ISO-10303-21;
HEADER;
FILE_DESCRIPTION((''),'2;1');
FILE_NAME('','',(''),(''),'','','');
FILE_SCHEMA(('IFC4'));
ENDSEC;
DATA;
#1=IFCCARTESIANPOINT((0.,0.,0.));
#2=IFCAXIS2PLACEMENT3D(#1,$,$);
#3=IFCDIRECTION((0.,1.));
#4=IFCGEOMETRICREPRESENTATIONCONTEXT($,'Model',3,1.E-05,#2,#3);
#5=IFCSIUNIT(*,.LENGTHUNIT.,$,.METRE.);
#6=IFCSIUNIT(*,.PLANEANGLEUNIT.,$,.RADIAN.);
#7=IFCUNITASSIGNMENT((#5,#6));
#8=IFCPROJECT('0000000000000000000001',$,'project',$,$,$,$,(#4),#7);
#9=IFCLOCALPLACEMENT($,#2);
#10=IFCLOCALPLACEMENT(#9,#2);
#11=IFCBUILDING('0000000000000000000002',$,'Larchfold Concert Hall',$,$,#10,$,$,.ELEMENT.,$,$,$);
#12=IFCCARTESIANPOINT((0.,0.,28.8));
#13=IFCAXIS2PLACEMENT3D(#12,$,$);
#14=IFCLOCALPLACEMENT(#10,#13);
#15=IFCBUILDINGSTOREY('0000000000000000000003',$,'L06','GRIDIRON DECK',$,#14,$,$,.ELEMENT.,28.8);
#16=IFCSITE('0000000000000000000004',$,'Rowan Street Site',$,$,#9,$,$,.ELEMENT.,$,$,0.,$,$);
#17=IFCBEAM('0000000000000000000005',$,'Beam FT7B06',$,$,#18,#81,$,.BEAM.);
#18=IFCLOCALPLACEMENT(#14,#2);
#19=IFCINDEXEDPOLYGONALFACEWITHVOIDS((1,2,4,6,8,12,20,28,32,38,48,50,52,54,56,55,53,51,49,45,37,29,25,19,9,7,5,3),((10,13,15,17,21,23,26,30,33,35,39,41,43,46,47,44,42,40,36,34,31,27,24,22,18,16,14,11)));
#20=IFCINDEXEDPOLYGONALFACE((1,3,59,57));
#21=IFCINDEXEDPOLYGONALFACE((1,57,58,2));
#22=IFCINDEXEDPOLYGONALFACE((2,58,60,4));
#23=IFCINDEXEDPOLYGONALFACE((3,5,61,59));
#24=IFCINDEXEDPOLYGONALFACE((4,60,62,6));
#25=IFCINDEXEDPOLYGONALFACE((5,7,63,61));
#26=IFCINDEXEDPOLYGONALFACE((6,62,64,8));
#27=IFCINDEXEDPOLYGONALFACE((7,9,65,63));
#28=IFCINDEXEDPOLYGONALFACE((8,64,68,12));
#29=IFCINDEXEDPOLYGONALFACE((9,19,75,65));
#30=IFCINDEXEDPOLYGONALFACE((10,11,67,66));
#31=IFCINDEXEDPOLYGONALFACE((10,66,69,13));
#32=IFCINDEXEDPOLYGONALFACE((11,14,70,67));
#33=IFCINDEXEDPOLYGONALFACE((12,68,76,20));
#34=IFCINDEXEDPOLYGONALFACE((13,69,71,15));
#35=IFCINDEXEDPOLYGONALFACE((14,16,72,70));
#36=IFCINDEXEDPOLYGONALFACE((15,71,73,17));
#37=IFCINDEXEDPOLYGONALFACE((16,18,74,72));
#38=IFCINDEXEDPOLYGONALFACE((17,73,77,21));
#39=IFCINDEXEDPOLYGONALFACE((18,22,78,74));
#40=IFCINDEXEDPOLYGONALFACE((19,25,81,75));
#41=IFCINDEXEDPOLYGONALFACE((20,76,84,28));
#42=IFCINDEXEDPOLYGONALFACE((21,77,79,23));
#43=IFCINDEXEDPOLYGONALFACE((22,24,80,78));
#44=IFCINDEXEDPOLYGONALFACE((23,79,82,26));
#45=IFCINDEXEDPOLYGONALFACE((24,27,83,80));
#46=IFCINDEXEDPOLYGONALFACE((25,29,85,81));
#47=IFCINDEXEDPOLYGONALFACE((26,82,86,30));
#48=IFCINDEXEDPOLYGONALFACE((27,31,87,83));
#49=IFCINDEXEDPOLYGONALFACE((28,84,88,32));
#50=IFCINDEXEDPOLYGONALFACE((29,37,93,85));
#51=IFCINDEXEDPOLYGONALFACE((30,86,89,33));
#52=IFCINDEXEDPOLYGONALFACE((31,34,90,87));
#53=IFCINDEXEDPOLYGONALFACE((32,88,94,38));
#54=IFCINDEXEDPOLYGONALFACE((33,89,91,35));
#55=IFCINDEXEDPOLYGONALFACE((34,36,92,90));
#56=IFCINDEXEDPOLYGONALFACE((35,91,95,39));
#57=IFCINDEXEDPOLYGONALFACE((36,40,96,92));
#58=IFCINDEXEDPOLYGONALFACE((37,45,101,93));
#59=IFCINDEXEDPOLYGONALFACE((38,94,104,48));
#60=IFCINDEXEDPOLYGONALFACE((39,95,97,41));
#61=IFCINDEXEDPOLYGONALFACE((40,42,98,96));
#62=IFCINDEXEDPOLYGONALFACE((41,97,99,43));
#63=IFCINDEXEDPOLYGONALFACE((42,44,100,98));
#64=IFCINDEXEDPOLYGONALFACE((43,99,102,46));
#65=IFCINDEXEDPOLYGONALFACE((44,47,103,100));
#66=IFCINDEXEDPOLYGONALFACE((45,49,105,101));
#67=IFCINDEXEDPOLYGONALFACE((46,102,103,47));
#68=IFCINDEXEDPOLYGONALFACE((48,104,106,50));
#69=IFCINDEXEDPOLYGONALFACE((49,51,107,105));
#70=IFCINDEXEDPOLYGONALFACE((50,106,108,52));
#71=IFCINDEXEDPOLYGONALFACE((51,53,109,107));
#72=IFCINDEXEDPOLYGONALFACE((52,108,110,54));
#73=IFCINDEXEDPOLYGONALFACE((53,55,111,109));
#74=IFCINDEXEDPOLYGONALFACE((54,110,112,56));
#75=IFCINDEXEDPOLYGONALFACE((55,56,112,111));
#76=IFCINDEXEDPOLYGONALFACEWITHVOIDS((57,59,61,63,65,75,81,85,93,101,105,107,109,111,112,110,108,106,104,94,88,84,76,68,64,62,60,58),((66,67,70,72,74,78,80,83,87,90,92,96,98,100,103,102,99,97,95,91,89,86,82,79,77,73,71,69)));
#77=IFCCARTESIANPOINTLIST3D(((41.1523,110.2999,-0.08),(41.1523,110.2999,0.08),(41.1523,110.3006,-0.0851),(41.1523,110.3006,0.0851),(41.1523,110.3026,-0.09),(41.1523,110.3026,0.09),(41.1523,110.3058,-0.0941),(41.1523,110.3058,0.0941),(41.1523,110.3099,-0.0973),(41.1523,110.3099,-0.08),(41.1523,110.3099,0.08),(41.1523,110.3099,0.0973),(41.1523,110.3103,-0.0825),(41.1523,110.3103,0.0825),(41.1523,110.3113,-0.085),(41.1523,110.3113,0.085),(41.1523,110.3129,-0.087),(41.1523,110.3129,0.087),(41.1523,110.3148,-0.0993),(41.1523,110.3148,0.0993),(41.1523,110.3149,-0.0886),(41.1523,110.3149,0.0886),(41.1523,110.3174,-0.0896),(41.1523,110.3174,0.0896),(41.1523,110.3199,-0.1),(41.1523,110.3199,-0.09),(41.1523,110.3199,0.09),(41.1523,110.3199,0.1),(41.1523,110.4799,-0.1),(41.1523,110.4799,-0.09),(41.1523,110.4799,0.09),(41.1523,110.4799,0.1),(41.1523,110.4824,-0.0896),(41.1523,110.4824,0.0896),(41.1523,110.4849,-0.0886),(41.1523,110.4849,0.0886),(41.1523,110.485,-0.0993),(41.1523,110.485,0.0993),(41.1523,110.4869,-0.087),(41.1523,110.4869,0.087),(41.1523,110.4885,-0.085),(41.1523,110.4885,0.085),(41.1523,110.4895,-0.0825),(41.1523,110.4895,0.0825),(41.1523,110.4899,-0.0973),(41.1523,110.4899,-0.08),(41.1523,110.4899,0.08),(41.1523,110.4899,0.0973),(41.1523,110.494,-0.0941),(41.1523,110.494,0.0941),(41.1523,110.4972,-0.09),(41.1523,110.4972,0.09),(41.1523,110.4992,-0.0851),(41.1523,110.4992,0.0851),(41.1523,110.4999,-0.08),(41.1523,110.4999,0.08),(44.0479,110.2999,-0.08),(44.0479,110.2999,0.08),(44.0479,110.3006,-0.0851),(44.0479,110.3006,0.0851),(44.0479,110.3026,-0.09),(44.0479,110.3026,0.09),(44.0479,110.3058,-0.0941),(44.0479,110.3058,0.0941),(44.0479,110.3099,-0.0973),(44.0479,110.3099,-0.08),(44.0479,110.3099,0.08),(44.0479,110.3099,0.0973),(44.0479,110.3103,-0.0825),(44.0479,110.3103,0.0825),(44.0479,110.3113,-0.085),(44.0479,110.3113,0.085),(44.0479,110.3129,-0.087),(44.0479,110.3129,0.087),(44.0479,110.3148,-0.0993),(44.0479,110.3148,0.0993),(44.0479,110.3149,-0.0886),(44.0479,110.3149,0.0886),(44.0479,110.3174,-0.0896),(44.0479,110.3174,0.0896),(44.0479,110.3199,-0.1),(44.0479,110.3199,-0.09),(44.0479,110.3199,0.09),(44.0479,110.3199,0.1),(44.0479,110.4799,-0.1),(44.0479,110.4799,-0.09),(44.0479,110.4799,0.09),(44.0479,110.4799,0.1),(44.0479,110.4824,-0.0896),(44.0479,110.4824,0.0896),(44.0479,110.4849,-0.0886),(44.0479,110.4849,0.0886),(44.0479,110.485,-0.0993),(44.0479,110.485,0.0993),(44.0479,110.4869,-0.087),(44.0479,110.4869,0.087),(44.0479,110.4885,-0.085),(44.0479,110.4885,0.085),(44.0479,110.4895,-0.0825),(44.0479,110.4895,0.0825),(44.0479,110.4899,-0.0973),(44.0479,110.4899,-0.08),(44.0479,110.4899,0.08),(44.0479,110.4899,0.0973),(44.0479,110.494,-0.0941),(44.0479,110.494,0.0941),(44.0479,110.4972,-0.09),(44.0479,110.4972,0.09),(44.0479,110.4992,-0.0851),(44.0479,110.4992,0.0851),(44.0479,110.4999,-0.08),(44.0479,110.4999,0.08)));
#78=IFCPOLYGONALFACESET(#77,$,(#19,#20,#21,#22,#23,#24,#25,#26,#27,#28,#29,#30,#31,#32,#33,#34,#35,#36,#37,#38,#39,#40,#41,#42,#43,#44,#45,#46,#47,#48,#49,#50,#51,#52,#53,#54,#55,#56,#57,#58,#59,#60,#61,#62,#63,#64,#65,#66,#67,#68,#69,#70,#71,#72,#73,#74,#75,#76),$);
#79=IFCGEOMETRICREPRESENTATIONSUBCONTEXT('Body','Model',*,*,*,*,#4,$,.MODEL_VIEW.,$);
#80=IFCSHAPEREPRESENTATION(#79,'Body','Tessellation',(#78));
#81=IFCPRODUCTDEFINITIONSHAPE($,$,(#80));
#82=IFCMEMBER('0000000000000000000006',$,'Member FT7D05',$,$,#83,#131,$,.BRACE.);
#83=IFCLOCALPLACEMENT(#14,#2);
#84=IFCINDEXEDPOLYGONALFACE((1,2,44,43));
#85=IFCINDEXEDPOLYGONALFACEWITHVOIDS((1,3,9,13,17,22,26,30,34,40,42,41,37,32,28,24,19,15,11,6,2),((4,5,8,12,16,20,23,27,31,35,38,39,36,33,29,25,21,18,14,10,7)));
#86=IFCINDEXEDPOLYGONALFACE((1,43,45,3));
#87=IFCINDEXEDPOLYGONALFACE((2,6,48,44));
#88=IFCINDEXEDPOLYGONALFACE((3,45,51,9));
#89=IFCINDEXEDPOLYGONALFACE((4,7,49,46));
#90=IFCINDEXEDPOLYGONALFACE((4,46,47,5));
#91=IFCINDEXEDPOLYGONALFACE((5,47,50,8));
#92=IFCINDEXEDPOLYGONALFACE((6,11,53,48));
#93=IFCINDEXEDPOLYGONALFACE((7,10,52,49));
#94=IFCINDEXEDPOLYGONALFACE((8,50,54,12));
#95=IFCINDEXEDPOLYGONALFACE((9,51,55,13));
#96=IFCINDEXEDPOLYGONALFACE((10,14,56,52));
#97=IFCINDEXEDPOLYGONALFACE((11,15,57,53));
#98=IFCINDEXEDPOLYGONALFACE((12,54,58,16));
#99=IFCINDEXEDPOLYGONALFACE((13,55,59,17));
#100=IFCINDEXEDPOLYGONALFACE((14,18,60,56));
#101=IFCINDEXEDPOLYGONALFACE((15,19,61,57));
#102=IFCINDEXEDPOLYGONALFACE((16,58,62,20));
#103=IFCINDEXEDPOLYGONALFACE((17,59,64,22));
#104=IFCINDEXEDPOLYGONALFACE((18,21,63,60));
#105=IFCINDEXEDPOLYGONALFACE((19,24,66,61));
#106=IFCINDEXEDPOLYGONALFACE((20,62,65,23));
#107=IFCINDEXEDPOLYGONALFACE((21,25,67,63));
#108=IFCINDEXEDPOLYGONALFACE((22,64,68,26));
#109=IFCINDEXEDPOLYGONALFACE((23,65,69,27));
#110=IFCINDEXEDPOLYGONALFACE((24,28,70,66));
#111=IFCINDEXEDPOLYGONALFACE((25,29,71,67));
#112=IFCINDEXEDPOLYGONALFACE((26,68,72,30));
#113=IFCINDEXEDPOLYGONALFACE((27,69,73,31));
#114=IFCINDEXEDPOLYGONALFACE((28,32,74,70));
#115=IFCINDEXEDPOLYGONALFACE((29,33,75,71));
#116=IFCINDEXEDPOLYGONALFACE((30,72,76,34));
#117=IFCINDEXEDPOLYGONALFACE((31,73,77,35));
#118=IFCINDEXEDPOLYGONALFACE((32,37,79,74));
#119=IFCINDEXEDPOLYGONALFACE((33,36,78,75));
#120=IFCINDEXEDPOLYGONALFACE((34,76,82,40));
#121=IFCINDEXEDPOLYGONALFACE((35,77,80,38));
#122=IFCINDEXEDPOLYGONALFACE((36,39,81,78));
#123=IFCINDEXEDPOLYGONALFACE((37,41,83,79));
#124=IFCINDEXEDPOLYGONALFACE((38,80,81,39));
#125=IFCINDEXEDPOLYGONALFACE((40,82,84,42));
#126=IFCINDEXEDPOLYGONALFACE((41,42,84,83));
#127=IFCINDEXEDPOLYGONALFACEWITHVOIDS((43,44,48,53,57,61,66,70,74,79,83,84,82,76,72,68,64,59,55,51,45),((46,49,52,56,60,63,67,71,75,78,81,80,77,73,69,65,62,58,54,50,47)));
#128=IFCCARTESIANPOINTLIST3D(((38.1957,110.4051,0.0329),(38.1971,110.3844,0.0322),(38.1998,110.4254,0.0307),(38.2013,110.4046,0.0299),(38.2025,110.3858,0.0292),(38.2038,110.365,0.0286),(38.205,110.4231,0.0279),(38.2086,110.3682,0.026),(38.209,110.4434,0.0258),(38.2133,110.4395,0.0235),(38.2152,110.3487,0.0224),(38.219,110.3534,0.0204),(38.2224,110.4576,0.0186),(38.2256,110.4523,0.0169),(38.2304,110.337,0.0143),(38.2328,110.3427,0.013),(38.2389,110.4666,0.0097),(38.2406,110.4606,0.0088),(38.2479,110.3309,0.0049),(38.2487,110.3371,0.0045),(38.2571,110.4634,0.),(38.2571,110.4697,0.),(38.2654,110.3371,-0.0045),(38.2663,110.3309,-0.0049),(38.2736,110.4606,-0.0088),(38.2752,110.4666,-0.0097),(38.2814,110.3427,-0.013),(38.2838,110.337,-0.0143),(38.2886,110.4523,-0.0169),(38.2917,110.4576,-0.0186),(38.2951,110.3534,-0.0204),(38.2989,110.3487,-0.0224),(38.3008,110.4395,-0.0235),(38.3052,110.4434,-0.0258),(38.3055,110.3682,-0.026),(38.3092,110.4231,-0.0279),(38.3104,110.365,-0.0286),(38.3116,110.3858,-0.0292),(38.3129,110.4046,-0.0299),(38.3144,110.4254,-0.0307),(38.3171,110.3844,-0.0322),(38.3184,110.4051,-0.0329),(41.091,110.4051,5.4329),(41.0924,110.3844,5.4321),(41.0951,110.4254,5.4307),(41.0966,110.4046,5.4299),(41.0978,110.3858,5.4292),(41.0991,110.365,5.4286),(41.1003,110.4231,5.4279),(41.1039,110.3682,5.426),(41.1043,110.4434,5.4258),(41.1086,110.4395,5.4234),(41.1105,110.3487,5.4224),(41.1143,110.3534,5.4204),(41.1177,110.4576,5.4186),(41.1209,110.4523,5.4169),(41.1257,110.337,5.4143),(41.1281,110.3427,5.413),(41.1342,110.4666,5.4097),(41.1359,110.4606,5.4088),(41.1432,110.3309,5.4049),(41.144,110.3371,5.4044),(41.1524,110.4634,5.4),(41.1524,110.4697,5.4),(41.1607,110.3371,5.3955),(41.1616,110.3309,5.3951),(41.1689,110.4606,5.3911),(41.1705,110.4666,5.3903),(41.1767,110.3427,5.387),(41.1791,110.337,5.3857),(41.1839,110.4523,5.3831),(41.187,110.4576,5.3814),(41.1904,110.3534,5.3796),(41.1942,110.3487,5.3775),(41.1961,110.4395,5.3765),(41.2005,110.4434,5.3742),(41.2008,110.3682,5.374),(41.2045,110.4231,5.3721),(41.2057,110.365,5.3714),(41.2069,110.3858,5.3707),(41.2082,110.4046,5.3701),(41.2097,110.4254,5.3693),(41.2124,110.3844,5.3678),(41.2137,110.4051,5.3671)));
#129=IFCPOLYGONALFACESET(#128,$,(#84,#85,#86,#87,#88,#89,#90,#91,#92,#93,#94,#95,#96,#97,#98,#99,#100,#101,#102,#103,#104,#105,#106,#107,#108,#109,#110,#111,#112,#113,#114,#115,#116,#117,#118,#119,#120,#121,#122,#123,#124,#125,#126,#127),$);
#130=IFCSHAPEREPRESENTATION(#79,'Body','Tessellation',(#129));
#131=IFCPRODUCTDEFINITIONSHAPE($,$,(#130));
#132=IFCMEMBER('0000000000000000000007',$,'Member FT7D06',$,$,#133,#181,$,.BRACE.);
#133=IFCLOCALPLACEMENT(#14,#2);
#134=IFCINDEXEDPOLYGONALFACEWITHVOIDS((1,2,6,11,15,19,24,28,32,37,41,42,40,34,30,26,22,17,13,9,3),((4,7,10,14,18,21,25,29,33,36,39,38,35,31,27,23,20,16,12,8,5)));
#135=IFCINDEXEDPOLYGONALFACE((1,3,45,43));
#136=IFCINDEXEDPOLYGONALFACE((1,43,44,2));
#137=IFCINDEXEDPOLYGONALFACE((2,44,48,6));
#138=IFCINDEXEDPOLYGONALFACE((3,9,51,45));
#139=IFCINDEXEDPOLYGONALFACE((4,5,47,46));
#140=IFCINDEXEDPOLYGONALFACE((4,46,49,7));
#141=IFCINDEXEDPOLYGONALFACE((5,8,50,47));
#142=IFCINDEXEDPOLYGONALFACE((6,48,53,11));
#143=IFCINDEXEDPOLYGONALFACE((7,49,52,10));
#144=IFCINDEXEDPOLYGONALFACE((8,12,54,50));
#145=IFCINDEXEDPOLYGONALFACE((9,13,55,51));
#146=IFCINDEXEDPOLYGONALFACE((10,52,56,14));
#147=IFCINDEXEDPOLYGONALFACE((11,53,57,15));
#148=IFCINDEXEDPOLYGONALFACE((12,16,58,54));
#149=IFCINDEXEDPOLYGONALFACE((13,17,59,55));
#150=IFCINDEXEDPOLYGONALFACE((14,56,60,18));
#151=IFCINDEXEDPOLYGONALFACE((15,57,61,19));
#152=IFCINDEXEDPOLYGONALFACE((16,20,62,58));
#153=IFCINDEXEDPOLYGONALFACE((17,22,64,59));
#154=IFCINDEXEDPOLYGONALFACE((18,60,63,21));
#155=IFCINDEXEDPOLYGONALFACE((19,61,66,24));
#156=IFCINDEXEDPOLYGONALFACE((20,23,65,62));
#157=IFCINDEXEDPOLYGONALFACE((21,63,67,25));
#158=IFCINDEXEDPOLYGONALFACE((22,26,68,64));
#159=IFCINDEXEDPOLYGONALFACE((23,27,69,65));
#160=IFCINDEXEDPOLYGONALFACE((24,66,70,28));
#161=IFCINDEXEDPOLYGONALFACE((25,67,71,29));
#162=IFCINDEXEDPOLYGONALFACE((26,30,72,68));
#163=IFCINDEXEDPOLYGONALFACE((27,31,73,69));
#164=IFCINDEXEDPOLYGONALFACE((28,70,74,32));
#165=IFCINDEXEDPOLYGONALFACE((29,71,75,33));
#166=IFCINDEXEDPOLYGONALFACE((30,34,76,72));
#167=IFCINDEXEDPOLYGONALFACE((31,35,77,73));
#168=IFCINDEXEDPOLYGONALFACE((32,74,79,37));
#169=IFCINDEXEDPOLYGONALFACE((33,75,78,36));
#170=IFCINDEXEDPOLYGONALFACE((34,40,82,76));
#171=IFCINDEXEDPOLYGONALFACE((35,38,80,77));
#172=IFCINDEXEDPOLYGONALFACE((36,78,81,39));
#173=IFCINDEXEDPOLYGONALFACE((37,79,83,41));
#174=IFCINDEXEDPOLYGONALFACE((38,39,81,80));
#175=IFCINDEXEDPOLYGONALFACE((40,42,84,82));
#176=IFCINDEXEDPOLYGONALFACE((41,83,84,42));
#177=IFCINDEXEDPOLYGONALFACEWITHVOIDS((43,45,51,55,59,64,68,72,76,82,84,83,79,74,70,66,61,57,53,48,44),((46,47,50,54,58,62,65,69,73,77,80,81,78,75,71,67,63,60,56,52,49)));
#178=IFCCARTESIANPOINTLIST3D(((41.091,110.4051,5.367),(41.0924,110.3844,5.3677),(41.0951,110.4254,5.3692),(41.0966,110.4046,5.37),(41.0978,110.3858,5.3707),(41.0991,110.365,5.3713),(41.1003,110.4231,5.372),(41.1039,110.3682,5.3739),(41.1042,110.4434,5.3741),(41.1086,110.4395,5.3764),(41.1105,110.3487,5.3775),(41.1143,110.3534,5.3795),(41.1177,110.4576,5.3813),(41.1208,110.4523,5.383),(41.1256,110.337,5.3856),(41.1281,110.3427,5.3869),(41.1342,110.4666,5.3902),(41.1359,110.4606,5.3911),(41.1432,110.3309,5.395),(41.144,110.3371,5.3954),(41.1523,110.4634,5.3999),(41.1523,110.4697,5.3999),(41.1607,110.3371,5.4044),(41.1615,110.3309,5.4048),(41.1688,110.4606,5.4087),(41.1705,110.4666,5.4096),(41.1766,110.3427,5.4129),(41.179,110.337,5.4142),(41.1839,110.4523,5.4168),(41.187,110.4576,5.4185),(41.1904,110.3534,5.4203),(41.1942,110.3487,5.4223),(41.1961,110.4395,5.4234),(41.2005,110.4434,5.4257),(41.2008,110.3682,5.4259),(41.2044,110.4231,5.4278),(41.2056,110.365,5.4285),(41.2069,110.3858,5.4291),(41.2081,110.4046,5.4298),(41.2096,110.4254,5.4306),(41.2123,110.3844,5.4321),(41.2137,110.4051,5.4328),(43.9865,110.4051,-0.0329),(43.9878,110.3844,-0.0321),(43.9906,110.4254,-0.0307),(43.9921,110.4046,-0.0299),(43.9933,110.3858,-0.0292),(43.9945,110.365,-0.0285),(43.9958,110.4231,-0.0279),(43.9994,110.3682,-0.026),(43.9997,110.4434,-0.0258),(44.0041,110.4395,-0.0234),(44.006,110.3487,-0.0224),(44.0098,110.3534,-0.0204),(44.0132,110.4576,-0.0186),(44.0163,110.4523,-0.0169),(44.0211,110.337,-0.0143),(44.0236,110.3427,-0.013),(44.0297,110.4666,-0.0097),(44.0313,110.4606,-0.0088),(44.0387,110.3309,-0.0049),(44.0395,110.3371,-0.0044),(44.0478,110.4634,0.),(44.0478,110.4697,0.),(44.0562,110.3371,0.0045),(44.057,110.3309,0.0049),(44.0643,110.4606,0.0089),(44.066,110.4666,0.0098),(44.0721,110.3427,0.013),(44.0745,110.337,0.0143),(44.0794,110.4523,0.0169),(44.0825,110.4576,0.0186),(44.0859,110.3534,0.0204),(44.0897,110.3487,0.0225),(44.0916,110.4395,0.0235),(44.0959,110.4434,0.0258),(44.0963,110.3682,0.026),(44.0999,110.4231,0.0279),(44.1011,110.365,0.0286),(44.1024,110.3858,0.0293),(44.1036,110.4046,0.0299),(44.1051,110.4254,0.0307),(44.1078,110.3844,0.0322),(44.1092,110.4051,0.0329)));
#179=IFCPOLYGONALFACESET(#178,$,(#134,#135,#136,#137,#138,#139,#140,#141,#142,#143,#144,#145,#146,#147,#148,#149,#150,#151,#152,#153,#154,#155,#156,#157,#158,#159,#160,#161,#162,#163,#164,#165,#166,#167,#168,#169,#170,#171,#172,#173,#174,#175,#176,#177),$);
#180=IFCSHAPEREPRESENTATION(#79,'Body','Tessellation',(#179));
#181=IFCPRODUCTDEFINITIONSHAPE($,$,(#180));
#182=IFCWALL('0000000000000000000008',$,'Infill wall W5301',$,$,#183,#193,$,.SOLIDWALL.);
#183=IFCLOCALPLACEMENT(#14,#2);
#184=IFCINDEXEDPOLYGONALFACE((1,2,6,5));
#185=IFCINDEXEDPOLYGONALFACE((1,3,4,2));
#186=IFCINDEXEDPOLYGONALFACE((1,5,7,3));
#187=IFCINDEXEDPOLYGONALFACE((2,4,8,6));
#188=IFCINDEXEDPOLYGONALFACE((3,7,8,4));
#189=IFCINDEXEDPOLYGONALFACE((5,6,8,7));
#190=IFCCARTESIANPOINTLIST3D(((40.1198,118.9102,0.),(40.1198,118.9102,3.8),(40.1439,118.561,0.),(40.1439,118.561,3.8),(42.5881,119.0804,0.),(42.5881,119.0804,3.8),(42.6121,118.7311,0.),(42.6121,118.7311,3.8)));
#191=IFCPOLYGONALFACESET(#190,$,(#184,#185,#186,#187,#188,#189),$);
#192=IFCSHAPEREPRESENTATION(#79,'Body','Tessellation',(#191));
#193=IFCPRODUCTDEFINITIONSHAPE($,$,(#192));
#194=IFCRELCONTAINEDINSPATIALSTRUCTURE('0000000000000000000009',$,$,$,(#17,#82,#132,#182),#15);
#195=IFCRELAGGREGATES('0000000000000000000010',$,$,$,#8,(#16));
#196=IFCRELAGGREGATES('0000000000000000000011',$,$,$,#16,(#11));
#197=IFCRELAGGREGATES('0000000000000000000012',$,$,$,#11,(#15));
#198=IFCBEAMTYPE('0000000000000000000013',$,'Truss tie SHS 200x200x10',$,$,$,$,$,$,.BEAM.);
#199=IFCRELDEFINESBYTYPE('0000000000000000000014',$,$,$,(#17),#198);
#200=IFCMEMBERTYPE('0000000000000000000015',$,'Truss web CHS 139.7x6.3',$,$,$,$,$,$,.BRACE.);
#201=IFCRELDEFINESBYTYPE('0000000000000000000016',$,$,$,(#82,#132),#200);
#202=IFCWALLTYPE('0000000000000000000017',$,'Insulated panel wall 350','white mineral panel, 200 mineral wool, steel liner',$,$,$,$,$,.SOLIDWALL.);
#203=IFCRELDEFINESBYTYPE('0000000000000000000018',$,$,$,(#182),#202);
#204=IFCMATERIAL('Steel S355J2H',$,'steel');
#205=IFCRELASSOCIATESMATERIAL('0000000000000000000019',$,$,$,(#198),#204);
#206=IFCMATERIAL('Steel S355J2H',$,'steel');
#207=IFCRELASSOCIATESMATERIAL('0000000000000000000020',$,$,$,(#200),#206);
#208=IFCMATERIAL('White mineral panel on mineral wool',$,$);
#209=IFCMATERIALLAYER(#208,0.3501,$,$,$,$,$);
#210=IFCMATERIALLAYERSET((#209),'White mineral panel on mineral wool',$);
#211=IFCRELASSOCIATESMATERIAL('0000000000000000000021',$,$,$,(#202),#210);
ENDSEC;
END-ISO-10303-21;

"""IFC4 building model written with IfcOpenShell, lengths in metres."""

from ifc_helpers import new_model, si_unit, direction, frame, frame_2d, origin, origin_2d, place, context, subcontext, project, spatial, rectangle, hollow_rectangle, hollow_circle, extrude, material, layer, layer_set, material_profile, profile_set, type_object, element, save


model = new_model("IFC4")

# Units and contexts
model_context = context("Model", 3, precision=1e-05, world=origin(), true_north=direction((0.0, 1.0)))
body_context = subcontext(model_context, "Body", "Model", "MODEL_VIEW")
ifc_project = project(units=[si_unit("LENGTHUNIT", "METRE"), si_unit("PLANEANGLEUNIT", "RADIAN")], contexts=[model_context])

# Site, building, storey
site_placement = place(None, origin())
site = spatial("IfcSite", under=ifc_project, at=site_placement, Name="Rowan Street Site", CompositionType="ELEMENT", RefElevation=0.0)
building_placement = place(site_placement, origin())
building = spatial("IfcBuilding", under=site, at=building_placement, Name="Larchfold Concert Hall", CompositionType="ELEMENT")
storey_placement = place(building_placement, frame((0.0, 0.0, 28.8)))
storey = spatial("IfcBuildingStorey", under=building, at=storey_placement, Name="L06", Description="GRIDIRON DECK", CompositionType="ELEMENT", Elevation=28.8)

# Beam
ifc_material_1 = material(Name="Steel S355J2H", Category="steel")
ifc_material_profile_1 = material_profile(ifc_material_1, hollow_rectangle(XDim=0.2, YDim=0.2, WallThickness=0.01, InnerFilletRadius=0.01, OuterFilletRadius=0.02, at=origin_2d()))
ifc_profile_set_1 = profile_set([ifc_material_profile_1], Name="Steel S355J2H")
beam_type_1 = type_object("IfcBeamType", Name="Truss tie SHS 200x200x10", PredefinedType="BEAM", material=ifc_profile_set_1)
beam_1_placement = place(storey_placement, frame((41.1523, 110.3999, 0.0), z_axis=(1.0, 0.0, 0.0), x_axis=(0.0, 1.0, 0.0)))
element("IfcBeam", 1, at=beam_1_placement, inside=storey, type_object=beam_type_1, Name="Beam FT7B06", PredefinedType="BEAM", context=body_context, shape_type="SweptSolid", body=[
    extrude(hollow_rectangle(XDim=0.2, YDim=0.2, WallThickness=0.01, InnerFilletRadius=0.01, OuterFilletRadius=0.02, at=origin_2d()), origin(), (0.0, 0.0, 1.0), 2.8955),
])

# Members
ifc_material_2 = material(Name="Steel S355J2H", Category="steel")
ifc_material_profile_2 = material_profile(ifc_material_2, hollow_circle(Radius=0.0698, WallThickness=0.0063, at=origin_2d()))
ifc_profile_set_2 = profile_set([ifc_material_profile_2], Name="Steel S355J2H")
member_type_1 = type_object("IfcMemberType", Name="Truss web CHS 139.7x6.3", PredefinedType="BRACE", material=ifc_profile_set_2)
for number, where, z_axis, x_axis, name in (
    (2, (38.2571, 110.3999, 0.0), (0.472533, 0.0, 0.881313), (0.0, 1.0, 0.0), "Member FT7D05"),
    (3, (41.1523, 110.3999, 5.3999), (0.472564, 0.0, -0.881296), (0.0, 1.0, 0.0), "Member FT7D06"),
):
    element("IfcMember", number, at=place(storey_placement, frame(where, z_axis=z_axis, x_axis=x_axis)), inside=storey, type_object=member_type_1, Name=name, PredefinedType="BRACE", context=body_context, shape_type="SweptSolid", body=[
        extrude(hollow_circle(Radius=0.0698, WallThickness=0.0063, at=origin_2d()), origin(), (0.0, 0.0, 1.0), 6.1272),
    ])

# Wall
ifc_material_3 = material(Name="White mineral panel on mineral wool")
ifc_layer = layer(ifc_material_3, 0.3501)
ifc_layer_set = layer_set([ifc_layer], Name="White mineral panel on mineral wool")
wall_type = type_object("IfcWallType", Name="Insulated panel wall 350", Description="white mineral panel, 200 mineral wool, steel liner", PredefinedType="SOLIDWALL", material=ifc_layer_set)
wall_placement = place(storey_placement, frame((40.1318, 118.7356, 0.0), z_axis=(0.0, 0.0, 1.0), x_axis=(0.997632, 0.068778, 0.0)))
element("IfcWall", 4, at=wall_placement, inside=storey, type_object=wall_type, Name="Infill wall W5301", PredefinedType="SOLIDWALL", context=body_context, shape_type="SweptSolid", body=[
    extrude(rectangle(XDim=2.4741, YDim=0.3501, at=frame_2d((1.2371, 0.0))), origin(), (0.0, 0.0, 1.0), 3.8),
])

save(model, "model.ifc")
